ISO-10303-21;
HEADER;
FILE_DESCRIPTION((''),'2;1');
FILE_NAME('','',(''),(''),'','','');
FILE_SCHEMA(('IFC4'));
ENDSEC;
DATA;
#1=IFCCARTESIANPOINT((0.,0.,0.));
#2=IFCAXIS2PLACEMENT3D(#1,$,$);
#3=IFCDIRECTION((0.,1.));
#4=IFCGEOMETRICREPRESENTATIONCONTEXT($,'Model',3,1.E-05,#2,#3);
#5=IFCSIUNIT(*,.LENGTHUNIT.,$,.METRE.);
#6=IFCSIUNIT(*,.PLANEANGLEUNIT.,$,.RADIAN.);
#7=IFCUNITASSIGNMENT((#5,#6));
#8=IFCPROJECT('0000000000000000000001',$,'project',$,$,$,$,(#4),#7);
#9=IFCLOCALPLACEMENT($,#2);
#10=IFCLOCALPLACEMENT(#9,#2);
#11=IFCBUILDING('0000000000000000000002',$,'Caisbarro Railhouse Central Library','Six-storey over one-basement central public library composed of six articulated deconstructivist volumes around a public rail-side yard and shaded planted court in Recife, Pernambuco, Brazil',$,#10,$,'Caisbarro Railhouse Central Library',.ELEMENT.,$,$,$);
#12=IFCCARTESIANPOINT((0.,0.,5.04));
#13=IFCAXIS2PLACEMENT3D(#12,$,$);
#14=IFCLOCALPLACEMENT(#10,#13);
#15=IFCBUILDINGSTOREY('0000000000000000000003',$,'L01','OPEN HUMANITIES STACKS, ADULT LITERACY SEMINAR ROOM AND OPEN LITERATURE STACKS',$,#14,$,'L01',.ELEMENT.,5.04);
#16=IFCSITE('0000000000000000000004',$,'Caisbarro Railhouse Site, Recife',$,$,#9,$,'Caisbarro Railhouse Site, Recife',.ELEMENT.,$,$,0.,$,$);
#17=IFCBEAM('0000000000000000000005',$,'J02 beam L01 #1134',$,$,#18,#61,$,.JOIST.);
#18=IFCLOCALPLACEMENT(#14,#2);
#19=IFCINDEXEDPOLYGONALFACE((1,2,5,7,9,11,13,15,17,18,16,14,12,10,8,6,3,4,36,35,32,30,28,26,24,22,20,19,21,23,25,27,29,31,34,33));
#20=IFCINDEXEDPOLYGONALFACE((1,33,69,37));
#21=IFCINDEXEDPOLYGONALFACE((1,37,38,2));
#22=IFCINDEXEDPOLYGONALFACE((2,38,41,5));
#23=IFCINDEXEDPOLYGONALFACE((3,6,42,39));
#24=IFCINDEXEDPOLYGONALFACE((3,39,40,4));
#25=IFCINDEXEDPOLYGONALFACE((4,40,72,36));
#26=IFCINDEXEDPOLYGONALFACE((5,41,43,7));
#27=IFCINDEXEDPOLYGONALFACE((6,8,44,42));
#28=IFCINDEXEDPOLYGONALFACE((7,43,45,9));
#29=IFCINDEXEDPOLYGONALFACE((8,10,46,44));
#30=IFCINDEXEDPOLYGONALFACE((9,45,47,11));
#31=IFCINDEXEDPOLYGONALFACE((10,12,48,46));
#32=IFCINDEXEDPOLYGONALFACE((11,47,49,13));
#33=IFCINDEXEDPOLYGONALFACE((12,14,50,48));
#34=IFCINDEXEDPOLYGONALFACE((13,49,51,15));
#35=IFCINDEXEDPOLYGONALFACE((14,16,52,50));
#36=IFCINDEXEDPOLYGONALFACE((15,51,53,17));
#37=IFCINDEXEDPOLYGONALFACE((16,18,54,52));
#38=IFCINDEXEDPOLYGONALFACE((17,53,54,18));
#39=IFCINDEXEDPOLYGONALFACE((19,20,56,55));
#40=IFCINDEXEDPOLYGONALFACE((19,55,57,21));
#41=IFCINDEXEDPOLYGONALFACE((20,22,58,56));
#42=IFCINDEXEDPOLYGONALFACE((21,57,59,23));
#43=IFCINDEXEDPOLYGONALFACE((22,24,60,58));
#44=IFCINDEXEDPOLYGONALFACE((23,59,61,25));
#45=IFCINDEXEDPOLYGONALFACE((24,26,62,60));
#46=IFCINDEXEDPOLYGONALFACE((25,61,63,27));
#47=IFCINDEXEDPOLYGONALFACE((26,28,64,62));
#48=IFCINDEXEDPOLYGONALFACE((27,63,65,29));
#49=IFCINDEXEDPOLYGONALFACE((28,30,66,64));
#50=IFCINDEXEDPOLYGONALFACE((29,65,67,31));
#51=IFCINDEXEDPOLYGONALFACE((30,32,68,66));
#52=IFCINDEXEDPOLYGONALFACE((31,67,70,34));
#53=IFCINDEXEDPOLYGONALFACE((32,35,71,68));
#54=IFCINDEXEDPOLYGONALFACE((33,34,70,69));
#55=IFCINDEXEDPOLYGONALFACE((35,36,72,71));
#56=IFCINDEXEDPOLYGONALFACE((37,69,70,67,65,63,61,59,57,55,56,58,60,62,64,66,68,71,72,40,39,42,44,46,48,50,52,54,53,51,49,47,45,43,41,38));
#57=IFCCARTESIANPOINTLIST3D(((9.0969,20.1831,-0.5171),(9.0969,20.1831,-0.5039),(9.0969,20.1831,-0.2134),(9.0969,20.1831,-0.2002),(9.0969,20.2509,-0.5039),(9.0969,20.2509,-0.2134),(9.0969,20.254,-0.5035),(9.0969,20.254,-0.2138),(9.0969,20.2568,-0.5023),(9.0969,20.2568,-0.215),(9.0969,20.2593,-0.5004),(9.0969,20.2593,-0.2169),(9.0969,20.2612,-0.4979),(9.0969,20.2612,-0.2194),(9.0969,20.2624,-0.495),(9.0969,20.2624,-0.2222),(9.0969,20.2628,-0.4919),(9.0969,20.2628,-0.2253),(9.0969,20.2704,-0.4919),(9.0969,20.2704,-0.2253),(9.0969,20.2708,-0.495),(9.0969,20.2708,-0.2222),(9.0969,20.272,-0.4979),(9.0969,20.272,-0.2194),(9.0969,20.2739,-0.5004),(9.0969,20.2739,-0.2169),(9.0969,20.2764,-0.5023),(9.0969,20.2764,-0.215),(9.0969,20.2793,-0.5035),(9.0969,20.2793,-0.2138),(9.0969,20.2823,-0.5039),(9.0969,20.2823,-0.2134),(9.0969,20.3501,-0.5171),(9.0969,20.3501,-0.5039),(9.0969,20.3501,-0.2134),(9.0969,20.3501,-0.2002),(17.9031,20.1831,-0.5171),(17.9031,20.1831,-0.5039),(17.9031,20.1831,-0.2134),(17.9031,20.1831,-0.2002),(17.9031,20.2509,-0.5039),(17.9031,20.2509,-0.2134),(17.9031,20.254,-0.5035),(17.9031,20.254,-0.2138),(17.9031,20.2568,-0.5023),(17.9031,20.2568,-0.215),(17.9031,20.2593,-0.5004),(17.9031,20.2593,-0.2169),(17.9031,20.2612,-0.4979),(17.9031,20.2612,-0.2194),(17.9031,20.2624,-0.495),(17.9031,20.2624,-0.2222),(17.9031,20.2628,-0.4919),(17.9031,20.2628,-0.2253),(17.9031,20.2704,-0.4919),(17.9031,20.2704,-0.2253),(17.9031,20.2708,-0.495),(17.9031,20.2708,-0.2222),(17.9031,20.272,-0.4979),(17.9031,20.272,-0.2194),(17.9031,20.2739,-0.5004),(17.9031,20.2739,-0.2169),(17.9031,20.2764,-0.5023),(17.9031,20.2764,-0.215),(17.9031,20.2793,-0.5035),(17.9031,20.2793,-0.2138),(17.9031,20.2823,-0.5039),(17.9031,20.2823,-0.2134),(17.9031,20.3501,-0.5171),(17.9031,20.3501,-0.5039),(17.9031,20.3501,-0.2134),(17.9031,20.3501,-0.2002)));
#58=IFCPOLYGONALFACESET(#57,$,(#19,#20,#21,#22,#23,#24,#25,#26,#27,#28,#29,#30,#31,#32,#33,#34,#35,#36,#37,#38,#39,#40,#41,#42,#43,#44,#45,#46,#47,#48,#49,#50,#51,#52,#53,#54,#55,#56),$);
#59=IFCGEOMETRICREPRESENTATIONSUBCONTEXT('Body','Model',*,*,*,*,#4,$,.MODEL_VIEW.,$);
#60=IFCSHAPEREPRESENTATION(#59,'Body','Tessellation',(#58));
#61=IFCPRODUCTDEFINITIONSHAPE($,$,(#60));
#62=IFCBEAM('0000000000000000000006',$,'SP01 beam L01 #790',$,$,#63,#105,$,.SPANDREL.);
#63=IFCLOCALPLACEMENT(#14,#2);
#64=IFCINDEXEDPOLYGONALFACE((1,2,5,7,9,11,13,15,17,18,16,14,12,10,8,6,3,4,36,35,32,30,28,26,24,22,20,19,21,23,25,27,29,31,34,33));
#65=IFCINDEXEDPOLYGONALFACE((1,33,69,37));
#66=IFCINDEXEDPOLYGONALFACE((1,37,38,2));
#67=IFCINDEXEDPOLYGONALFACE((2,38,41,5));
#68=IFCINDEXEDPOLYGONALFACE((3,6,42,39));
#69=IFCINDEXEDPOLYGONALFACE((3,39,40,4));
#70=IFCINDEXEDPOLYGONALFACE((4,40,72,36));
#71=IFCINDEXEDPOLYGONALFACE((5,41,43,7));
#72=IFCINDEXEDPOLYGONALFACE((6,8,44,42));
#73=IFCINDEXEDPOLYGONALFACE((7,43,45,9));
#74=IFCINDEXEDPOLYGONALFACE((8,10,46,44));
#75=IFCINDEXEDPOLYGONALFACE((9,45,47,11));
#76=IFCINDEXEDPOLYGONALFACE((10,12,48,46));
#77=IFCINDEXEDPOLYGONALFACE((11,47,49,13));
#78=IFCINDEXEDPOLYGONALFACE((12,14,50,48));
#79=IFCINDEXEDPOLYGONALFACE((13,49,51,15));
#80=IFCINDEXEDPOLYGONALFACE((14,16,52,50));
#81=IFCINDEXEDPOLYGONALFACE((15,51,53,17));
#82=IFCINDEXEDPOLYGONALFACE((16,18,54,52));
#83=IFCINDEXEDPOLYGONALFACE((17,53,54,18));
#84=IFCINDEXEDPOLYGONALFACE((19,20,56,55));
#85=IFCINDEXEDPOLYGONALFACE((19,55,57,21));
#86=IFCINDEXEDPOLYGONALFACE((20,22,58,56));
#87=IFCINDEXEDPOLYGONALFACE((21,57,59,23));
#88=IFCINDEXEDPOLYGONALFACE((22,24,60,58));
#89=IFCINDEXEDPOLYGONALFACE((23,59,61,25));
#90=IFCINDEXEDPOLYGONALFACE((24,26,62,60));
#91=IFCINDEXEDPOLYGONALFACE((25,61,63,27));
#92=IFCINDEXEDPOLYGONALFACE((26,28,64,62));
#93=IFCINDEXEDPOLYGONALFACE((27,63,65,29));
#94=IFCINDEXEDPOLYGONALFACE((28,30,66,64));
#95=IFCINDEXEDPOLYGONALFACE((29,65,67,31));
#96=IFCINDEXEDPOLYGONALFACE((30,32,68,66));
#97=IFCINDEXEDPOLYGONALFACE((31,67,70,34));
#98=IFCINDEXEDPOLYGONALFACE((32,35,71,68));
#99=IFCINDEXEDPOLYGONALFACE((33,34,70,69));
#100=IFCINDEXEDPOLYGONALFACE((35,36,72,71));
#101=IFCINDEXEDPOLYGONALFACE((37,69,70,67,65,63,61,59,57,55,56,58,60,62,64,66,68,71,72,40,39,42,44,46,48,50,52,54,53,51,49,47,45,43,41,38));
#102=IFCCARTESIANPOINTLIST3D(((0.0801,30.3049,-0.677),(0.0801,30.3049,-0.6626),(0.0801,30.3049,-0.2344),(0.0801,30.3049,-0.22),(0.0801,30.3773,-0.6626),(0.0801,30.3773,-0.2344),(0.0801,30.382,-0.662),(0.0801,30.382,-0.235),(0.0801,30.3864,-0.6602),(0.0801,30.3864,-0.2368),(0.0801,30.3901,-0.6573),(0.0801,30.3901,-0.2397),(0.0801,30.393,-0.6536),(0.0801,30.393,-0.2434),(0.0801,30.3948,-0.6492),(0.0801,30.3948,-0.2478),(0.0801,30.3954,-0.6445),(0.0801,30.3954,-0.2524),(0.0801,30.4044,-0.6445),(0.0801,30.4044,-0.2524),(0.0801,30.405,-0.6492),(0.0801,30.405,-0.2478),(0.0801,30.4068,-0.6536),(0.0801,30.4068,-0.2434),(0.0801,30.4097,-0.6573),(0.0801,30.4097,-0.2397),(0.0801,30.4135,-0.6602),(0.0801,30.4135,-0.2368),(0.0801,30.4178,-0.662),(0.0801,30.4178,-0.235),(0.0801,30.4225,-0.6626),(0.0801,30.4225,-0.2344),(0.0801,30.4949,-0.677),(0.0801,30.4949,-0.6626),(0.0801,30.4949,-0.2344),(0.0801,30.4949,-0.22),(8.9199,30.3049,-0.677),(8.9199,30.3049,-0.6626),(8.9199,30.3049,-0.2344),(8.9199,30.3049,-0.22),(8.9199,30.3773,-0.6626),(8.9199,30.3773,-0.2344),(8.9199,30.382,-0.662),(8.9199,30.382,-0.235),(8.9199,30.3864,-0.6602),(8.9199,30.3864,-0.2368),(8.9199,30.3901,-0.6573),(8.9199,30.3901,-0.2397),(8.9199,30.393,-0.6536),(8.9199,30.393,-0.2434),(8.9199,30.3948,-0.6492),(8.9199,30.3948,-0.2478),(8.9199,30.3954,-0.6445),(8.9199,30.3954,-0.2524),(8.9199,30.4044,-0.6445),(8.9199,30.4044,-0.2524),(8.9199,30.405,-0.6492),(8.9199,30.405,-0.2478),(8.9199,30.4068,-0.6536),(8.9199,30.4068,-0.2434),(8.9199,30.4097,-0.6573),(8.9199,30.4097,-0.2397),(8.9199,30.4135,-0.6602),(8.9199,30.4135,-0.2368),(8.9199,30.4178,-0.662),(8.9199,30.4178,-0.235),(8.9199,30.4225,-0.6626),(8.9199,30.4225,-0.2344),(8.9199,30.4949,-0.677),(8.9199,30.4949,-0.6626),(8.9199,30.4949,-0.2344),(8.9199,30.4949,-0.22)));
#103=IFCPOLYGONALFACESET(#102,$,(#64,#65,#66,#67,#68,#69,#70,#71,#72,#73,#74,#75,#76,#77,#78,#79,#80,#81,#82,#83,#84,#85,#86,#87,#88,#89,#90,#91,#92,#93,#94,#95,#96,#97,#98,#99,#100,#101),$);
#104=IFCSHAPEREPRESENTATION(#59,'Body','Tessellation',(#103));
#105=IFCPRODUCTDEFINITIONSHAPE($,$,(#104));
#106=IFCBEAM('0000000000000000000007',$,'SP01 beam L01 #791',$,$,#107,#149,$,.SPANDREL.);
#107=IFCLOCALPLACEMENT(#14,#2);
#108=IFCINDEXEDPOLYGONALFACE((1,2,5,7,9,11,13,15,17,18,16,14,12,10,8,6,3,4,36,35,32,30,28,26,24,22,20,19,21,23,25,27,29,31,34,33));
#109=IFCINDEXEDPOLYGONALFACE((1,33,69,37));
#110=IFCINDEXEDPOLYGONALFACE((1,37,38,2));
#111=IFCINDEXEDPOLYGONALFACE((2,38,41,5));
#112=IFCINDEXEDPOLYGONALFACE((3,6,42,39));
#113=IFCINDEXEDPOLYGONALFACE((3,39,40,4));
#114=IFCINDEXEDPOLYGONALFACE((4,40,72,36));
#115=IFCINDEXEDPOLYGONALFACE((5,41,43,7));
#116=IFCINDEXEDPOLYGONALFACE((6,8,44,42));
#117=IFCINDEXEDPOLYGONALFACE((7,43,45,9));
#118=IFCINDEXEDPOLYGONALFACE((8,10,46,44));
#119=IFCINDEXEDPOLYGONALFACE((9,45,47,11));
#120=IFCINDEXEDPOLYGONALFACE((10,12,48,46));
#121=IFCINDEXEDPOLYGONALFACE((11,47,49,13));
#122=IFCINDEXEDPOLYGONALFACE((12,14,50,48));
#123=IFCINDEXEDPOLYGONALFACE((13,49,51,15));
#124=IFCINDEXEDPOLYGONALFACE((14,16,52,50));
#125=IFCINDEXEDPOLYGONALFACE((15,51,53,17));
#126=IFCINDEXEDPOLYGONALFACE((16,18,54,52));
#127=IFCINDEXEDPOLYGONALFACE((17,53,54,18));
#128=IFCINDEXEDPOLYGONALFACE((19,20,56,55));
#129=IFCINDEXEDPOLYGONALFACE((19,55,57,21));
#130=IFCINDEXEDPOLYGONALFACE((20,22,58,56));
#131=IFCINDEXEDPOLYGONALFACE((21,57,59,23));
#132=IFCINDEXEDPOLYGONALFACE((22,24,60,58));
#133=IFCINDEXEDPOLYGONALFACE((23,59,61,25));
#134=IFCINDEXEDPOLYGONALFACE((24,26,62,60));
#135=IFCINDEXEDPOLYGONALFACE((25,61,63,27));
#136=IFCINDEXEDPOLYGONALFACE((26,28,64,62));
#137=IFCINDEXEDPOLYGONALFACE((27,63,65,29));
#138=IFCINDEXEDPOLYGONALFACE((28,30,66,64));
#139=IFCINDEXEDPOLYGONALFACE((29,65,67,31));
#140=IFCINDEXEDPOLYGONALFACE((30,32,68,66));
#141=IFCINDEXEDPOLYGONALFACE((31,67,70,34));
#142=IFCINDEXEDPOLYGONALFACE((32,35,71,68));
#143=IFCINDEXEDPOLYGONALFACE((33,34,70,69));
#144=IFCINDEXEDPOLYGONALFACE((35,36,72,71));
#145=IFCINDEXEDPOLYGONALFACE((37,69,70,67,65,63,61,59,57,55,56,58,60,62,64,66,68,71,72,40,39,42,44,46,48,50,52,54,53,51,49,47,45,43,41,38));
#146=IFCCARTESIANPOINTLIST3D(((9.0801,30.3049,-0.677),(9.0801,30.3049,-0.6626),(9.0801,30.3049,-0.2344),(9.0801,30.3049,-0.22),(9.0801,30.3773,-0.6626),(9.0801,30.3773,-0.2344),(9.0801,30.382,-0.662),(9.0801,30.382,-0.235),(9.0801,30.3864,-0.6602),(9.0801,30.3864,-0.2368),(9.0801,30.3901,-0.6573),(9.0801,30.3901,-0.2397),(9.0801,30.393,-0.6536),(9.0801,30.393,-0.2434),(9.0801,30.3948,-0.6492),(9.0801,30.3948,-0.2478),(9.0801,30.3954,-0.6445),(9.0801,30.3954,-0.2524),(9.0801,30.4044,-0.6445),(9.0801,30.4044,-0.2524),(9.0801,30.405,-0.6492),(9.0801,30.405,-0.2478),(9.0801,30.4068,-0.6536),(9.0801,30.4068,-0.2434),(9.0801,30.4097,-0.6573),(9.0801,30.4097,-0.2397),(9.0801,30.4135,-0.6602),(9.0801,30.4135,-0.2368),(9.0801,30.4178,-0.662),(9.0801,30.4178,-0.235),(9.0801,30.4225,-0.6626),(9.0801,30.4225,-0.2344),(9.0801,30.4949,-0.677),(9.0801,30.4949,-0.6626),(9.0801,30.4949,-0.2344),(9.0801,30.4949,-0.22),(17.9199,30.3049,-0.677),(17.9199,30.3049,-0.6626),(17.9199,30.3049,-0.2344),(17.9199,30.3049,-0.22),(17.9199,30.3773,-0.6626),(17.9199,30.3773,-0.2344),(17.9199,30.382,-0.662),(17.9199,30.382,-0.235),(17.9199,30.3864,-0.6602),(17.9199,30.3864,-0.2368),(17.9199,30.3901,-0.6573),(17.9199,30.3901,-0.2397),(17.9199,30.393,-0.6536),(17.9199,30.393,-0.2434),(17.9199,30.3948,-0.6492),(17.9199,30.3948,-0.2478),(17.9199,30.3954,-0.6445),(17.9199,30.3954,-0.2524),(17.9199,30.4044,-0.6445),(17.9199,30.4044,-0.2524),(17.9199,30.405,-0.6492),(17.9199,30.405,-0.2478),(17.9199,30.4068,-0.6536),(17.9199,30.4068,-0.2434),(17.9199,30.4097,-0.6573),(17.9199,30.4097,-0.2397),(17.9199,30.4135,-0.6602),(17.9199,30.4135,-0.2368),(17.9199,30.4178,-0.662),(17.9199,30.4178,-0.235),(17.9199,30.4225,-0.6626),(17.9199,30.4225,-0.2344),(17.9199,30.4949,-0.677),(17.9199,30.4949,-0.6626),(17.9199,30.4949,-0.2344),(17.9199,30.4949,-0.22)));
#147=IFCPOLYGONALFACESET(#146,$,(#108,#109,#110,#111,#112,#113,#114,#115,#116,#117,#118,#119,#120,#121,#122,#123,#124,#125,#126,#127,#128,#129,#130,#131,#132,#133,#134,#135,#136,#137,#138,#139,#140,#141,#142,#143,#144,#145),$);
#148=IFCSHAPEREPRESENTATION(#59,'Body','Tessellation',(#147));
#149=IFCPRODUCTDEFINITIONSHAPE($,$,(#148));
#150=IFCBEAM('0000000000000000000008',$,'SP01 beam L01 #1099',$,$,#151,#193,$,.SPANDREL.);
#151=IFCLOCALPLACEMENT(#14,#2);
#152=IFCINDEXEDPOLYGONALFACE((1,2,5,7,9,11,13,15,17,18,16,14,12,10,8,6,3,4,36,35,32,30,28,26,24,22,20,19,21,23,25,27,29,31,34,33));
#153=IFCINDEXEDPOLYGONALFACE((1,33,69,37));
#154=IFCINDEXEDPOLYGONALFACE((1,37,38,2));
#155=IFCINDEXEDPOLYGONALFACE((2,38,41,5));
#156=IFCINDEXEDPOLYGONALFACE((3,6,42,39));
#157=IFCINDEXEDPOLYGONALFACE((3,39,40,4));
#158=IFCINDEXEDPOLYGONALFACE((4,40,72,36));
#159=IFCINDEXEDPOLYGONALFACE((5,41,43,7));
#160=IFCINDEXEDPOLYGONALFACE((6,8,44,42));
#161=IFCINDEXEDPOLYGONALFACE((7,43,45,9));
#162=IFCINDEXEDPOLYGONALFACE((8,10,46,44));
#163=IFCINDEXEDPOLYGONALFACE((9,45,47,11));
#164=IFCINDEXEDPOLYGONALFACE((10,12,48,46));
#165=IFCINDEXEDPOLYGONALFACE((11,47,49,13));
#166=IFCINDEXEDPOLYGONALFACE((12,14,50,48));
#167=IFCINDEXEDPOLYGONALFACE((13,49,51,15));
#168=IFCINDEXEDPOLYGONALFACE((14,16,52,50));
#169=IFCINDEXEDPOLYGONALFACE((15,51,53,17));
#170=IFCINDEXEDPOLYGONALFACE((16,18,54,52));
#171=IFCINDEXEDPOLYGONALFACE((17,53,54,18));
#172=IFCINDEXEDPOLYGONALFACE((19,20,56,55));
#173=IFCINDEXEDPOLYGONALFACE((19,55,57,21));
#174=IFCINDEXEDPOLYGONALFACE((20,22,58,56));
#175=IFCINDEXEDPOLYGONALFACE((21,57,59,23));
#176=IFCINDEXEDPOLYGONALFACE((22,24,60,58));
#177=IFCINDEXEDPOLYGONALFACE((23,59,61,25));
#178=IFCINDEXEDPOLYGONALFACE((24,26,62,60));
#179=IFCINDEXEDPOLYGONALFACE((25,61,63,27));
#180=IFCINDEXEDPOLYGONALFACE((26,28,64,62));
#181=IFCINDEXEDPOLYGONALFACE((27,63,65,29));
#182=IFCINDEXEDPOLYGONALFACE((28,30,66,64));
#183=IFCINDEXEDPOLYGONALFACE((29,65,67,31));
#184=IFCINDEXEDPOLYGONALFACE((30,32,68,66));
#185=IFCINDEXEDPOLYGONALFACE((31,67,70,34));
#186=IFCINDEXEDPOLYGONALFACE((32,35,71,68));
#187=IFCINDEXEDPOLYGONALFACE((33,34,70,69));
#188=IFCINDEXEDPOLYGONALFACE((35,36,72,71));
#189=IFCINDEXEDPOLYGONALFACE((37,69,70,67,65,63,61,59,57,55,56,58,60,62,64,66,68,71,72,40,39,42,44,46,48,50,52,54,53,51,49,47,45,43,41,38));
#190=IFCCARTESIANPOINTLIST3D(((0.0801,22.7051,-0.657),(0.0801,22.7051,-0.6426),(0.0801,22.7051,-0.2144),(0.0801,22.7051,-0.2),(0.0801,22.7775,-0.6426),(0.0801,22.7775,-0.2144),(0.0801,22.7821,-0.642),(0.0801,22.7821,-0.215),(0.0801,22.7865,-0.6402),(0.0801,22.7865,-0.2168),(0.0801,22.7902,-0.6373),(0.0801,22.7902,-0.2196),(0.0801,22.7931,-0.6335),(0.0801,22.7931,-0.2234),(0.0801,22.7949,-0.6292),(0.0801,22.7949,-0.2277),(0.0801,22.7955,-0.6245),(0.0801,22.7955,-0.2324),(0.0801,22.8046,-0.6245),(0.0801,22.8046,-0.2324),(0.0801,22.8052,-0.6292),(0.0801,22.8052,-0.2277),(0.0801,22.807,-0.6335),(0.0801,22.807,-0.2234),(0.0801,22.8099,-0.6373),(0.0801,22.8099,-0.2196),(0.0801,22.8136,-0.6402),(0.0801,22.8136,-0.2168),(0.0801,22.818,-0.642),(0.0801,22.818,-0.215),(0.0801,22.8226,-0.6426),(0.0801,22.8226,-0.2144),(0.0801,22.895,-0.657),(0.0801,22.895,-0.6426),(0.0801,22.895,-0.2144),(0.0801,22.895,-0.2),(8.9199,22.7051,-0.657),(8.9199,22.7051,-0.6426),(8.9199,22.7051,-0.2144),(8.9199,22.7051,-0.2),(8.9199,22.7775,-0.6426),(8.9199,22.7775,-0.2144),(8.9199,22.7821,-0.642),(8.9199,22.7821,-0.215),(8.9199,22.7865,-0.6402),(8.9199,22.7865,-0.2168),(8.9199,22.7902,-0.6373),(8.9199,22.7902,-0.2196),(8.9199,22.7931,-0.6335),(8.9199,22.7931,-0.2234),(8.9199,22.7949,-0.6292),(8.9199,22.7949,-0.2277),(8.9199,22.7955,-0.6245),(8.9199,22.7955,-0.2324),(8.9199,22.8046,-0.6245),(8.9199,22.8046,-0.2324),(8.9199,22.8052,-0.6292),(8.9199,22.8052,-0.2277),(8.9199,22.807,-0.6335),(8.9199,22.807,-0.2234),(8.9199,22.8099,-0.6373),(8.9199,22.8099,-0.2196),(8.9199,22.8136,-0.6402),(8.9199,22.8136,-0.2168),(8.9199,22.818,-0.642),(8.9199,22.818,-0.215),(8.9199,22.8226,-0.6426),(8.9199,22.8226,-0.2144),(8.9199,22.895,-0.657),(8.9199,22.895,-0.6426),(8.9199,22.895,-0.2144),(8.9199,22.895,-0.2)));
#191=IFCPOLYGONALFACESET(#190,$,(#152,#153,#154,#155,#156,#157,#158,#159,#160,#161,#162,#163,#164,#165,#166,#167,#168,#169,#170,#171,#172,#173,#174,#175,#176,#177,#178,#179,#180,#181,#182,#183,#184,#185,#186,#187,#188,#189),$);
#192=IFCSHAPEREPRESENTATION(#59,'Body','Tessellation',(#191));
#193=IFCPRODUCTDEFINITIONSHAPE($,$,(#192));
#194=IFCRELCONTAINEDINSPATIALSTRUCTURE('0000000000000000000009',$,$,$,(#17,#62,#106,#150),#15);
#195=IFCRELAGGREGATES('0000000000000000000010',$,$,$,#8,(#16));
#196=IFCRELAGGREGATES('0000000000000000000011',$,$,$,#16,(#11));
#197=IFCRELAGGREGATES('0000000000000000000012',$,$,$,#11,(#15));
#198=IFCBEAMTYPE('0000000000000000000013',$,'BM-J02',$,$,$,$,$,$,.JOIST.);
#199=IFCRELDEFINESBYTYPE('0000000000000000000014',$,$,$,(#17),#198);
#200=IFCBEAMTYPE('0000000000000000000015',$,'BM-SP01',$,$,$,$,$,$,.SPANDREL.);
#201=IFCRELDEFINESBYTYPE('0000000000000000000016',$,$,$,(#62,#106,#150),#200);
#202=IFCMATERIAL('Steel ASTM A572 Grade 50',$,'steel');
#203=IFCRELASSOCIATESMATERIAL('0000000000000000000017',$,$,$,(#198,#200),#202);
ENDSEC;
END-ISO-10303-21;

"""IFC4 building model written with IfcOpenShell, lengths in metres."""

from ifc_helpers import new_model, si_unit, direction, frame, origin, origin_2d, place, context, subcontext, project, spatial, i_section, extrude, material, material_profile, profile_set, type_object, element, save


model = new_model("IFC4")

# Units and contexts
model_context = context("Model", 3, precision=1e-05, world=origin(), true_north=direction((0.0, 1.0)))
body_context = subcontext(model_context, "Body", "Model", "MODEL_VIEW")
ifc_project = project(units=[si_unit("LENGTHUNIT", "METRE"), si_unit("PLANEANGLEUNIT", "RADIAN")], contexts=[model_context])

# Site, building, storey
site_placement = place(None, origin())
site = spatial("IfcSite", under=ifc_project, at=site_placement, Name="Caisbarro Railhouse Site, Recife", LongName="Caisbarro Railhouse Site, Recife", CompositionType="ELEMENT", RefElevation=0.0)
building_placement = place(site_placement, origin())
building = spatial("IfcBuilding", under=site, at=building_placement, Name="Caisbarro Railhouse Central Library", Description="Six-storey over one-basement central public library composed of six articulated deconstructivist volumes around a public rail-side yard and shaded planted court in Recife, Pernambuco, Brazil", LongName="Caisbarro Railhouse Central Library", CompositionType="ELEMENT")
storey_placement = place(building_placement, frame((0.0, 0.0, 5.04)))
storey = spatial("IfcBuildingStorey", under=building, at=storey_placement, Name="L01", Description="OPEN HUMANITIES STACKS, ADULT LITERACY SEMINAR ROOM AND OPEN LITERATURE STACKS", LongName="L01", CompositionType="ELEMENT", Elevation=5.04)

# Shared definitions
ifc_material_1 = material(Name="Steel ASTM A572 Grade 50", Category="steel")

# Beams
ifc_material_profile_1 = material_profile(ifc_material_1, i_section(OverallWidth=0.167, OverallDepth=0.3169, WebThickness=0.0076, FlangeThickness=0.0132, FilletRadius=0.012, at=origin_2d()), Name="W310X52.0")
ifc_profile_set_1 = profile_set([ifc_material_profile_1], Name="Steel ASTM A572 Grade 50")
beam_type_1 = type_object("IfcBeamType", Name="BM-J02", PredefinedType="JOIST", material=ifc_profile_set_1)
beam_placement = place(storey_placement, frame((9.0969, 20.2666, -0.3586), z_axis=(1.0, 0.0, 0.0), x_axis=(0.0, 1.0, 0.0)))
element("IfcBeam", 1, at=beam_placement, inside=storey, type_object=beam_type_1, Name="J02 beam L01 #1134", PredefinedType="JOIST", context=body_context, shape_type="SweptSolid", body=[
    extrude(i_section(OverallWidth=0.167, OverallDepth=0.3169, WebThickness=0.0076, FlangeThickness=0.0132, FilletRadius=0.012, at=origin_2d()), origin(), (0.0, 0.0, 1.0), 8.8062),
])
ifc_material_profile_2 = material_profile(ifc_material_1, i_section(OverallWidth=0.1899, OverallDepth=0.457, WebThickness=0.009, FlangeThickness=0.0144, FilletRadius=0.0181, at=origin_2d()), Name="W460X74.0")
ifc_profile_set_2 = profile_set([ifc_material_profile_2], Name="Steel ASTM A572 Grade 50")
beam_type_2 = type_object("IfcBeamType", Name="BM-SP01", PredefinedType="SPANDREL", material=ifc_profile_set_2)
for number, where, z_axis, x_axis, name in (
    (2, (0.0801, 30.3999, -0.4485), (1.0, 0.0, 0.0), (0.0, 1.0, 0.0), "SP01 beam L01 #790"),
    (3, (9.0801, 30.3999, -0.4485), (1.0, 0.0, 0.0), (0.0, 1.0, 0.0), "SP01 beam L01 #791"),
    (4, (0.0801, 22.8, -0.4285), (1.0, 0.0, 0.0), (0.0, 1.0, 0.0), "SP01 beam L01 #1099"),
):
    element("IfcBeam", number, at=place(storey_placement, frame(where, z_axis=z_axis, x_axis=x_axis)), inside=storey, type_object=beam_type_2, Name=name, PredefinedType="SPANDREL", context=body_context, shape_type="SweptSolid", body=[
        extrude(i_section(OverallWidth=0.1899, OverallDepth=0.457, WebThickness=0.009, FlangeThickness=0.0144, FilletRadius=0.0181, at=origin_2d()), origin(), (0.0, 0.0, 1.0), 8.8398),
    ])

save(model, "model.ifc")
